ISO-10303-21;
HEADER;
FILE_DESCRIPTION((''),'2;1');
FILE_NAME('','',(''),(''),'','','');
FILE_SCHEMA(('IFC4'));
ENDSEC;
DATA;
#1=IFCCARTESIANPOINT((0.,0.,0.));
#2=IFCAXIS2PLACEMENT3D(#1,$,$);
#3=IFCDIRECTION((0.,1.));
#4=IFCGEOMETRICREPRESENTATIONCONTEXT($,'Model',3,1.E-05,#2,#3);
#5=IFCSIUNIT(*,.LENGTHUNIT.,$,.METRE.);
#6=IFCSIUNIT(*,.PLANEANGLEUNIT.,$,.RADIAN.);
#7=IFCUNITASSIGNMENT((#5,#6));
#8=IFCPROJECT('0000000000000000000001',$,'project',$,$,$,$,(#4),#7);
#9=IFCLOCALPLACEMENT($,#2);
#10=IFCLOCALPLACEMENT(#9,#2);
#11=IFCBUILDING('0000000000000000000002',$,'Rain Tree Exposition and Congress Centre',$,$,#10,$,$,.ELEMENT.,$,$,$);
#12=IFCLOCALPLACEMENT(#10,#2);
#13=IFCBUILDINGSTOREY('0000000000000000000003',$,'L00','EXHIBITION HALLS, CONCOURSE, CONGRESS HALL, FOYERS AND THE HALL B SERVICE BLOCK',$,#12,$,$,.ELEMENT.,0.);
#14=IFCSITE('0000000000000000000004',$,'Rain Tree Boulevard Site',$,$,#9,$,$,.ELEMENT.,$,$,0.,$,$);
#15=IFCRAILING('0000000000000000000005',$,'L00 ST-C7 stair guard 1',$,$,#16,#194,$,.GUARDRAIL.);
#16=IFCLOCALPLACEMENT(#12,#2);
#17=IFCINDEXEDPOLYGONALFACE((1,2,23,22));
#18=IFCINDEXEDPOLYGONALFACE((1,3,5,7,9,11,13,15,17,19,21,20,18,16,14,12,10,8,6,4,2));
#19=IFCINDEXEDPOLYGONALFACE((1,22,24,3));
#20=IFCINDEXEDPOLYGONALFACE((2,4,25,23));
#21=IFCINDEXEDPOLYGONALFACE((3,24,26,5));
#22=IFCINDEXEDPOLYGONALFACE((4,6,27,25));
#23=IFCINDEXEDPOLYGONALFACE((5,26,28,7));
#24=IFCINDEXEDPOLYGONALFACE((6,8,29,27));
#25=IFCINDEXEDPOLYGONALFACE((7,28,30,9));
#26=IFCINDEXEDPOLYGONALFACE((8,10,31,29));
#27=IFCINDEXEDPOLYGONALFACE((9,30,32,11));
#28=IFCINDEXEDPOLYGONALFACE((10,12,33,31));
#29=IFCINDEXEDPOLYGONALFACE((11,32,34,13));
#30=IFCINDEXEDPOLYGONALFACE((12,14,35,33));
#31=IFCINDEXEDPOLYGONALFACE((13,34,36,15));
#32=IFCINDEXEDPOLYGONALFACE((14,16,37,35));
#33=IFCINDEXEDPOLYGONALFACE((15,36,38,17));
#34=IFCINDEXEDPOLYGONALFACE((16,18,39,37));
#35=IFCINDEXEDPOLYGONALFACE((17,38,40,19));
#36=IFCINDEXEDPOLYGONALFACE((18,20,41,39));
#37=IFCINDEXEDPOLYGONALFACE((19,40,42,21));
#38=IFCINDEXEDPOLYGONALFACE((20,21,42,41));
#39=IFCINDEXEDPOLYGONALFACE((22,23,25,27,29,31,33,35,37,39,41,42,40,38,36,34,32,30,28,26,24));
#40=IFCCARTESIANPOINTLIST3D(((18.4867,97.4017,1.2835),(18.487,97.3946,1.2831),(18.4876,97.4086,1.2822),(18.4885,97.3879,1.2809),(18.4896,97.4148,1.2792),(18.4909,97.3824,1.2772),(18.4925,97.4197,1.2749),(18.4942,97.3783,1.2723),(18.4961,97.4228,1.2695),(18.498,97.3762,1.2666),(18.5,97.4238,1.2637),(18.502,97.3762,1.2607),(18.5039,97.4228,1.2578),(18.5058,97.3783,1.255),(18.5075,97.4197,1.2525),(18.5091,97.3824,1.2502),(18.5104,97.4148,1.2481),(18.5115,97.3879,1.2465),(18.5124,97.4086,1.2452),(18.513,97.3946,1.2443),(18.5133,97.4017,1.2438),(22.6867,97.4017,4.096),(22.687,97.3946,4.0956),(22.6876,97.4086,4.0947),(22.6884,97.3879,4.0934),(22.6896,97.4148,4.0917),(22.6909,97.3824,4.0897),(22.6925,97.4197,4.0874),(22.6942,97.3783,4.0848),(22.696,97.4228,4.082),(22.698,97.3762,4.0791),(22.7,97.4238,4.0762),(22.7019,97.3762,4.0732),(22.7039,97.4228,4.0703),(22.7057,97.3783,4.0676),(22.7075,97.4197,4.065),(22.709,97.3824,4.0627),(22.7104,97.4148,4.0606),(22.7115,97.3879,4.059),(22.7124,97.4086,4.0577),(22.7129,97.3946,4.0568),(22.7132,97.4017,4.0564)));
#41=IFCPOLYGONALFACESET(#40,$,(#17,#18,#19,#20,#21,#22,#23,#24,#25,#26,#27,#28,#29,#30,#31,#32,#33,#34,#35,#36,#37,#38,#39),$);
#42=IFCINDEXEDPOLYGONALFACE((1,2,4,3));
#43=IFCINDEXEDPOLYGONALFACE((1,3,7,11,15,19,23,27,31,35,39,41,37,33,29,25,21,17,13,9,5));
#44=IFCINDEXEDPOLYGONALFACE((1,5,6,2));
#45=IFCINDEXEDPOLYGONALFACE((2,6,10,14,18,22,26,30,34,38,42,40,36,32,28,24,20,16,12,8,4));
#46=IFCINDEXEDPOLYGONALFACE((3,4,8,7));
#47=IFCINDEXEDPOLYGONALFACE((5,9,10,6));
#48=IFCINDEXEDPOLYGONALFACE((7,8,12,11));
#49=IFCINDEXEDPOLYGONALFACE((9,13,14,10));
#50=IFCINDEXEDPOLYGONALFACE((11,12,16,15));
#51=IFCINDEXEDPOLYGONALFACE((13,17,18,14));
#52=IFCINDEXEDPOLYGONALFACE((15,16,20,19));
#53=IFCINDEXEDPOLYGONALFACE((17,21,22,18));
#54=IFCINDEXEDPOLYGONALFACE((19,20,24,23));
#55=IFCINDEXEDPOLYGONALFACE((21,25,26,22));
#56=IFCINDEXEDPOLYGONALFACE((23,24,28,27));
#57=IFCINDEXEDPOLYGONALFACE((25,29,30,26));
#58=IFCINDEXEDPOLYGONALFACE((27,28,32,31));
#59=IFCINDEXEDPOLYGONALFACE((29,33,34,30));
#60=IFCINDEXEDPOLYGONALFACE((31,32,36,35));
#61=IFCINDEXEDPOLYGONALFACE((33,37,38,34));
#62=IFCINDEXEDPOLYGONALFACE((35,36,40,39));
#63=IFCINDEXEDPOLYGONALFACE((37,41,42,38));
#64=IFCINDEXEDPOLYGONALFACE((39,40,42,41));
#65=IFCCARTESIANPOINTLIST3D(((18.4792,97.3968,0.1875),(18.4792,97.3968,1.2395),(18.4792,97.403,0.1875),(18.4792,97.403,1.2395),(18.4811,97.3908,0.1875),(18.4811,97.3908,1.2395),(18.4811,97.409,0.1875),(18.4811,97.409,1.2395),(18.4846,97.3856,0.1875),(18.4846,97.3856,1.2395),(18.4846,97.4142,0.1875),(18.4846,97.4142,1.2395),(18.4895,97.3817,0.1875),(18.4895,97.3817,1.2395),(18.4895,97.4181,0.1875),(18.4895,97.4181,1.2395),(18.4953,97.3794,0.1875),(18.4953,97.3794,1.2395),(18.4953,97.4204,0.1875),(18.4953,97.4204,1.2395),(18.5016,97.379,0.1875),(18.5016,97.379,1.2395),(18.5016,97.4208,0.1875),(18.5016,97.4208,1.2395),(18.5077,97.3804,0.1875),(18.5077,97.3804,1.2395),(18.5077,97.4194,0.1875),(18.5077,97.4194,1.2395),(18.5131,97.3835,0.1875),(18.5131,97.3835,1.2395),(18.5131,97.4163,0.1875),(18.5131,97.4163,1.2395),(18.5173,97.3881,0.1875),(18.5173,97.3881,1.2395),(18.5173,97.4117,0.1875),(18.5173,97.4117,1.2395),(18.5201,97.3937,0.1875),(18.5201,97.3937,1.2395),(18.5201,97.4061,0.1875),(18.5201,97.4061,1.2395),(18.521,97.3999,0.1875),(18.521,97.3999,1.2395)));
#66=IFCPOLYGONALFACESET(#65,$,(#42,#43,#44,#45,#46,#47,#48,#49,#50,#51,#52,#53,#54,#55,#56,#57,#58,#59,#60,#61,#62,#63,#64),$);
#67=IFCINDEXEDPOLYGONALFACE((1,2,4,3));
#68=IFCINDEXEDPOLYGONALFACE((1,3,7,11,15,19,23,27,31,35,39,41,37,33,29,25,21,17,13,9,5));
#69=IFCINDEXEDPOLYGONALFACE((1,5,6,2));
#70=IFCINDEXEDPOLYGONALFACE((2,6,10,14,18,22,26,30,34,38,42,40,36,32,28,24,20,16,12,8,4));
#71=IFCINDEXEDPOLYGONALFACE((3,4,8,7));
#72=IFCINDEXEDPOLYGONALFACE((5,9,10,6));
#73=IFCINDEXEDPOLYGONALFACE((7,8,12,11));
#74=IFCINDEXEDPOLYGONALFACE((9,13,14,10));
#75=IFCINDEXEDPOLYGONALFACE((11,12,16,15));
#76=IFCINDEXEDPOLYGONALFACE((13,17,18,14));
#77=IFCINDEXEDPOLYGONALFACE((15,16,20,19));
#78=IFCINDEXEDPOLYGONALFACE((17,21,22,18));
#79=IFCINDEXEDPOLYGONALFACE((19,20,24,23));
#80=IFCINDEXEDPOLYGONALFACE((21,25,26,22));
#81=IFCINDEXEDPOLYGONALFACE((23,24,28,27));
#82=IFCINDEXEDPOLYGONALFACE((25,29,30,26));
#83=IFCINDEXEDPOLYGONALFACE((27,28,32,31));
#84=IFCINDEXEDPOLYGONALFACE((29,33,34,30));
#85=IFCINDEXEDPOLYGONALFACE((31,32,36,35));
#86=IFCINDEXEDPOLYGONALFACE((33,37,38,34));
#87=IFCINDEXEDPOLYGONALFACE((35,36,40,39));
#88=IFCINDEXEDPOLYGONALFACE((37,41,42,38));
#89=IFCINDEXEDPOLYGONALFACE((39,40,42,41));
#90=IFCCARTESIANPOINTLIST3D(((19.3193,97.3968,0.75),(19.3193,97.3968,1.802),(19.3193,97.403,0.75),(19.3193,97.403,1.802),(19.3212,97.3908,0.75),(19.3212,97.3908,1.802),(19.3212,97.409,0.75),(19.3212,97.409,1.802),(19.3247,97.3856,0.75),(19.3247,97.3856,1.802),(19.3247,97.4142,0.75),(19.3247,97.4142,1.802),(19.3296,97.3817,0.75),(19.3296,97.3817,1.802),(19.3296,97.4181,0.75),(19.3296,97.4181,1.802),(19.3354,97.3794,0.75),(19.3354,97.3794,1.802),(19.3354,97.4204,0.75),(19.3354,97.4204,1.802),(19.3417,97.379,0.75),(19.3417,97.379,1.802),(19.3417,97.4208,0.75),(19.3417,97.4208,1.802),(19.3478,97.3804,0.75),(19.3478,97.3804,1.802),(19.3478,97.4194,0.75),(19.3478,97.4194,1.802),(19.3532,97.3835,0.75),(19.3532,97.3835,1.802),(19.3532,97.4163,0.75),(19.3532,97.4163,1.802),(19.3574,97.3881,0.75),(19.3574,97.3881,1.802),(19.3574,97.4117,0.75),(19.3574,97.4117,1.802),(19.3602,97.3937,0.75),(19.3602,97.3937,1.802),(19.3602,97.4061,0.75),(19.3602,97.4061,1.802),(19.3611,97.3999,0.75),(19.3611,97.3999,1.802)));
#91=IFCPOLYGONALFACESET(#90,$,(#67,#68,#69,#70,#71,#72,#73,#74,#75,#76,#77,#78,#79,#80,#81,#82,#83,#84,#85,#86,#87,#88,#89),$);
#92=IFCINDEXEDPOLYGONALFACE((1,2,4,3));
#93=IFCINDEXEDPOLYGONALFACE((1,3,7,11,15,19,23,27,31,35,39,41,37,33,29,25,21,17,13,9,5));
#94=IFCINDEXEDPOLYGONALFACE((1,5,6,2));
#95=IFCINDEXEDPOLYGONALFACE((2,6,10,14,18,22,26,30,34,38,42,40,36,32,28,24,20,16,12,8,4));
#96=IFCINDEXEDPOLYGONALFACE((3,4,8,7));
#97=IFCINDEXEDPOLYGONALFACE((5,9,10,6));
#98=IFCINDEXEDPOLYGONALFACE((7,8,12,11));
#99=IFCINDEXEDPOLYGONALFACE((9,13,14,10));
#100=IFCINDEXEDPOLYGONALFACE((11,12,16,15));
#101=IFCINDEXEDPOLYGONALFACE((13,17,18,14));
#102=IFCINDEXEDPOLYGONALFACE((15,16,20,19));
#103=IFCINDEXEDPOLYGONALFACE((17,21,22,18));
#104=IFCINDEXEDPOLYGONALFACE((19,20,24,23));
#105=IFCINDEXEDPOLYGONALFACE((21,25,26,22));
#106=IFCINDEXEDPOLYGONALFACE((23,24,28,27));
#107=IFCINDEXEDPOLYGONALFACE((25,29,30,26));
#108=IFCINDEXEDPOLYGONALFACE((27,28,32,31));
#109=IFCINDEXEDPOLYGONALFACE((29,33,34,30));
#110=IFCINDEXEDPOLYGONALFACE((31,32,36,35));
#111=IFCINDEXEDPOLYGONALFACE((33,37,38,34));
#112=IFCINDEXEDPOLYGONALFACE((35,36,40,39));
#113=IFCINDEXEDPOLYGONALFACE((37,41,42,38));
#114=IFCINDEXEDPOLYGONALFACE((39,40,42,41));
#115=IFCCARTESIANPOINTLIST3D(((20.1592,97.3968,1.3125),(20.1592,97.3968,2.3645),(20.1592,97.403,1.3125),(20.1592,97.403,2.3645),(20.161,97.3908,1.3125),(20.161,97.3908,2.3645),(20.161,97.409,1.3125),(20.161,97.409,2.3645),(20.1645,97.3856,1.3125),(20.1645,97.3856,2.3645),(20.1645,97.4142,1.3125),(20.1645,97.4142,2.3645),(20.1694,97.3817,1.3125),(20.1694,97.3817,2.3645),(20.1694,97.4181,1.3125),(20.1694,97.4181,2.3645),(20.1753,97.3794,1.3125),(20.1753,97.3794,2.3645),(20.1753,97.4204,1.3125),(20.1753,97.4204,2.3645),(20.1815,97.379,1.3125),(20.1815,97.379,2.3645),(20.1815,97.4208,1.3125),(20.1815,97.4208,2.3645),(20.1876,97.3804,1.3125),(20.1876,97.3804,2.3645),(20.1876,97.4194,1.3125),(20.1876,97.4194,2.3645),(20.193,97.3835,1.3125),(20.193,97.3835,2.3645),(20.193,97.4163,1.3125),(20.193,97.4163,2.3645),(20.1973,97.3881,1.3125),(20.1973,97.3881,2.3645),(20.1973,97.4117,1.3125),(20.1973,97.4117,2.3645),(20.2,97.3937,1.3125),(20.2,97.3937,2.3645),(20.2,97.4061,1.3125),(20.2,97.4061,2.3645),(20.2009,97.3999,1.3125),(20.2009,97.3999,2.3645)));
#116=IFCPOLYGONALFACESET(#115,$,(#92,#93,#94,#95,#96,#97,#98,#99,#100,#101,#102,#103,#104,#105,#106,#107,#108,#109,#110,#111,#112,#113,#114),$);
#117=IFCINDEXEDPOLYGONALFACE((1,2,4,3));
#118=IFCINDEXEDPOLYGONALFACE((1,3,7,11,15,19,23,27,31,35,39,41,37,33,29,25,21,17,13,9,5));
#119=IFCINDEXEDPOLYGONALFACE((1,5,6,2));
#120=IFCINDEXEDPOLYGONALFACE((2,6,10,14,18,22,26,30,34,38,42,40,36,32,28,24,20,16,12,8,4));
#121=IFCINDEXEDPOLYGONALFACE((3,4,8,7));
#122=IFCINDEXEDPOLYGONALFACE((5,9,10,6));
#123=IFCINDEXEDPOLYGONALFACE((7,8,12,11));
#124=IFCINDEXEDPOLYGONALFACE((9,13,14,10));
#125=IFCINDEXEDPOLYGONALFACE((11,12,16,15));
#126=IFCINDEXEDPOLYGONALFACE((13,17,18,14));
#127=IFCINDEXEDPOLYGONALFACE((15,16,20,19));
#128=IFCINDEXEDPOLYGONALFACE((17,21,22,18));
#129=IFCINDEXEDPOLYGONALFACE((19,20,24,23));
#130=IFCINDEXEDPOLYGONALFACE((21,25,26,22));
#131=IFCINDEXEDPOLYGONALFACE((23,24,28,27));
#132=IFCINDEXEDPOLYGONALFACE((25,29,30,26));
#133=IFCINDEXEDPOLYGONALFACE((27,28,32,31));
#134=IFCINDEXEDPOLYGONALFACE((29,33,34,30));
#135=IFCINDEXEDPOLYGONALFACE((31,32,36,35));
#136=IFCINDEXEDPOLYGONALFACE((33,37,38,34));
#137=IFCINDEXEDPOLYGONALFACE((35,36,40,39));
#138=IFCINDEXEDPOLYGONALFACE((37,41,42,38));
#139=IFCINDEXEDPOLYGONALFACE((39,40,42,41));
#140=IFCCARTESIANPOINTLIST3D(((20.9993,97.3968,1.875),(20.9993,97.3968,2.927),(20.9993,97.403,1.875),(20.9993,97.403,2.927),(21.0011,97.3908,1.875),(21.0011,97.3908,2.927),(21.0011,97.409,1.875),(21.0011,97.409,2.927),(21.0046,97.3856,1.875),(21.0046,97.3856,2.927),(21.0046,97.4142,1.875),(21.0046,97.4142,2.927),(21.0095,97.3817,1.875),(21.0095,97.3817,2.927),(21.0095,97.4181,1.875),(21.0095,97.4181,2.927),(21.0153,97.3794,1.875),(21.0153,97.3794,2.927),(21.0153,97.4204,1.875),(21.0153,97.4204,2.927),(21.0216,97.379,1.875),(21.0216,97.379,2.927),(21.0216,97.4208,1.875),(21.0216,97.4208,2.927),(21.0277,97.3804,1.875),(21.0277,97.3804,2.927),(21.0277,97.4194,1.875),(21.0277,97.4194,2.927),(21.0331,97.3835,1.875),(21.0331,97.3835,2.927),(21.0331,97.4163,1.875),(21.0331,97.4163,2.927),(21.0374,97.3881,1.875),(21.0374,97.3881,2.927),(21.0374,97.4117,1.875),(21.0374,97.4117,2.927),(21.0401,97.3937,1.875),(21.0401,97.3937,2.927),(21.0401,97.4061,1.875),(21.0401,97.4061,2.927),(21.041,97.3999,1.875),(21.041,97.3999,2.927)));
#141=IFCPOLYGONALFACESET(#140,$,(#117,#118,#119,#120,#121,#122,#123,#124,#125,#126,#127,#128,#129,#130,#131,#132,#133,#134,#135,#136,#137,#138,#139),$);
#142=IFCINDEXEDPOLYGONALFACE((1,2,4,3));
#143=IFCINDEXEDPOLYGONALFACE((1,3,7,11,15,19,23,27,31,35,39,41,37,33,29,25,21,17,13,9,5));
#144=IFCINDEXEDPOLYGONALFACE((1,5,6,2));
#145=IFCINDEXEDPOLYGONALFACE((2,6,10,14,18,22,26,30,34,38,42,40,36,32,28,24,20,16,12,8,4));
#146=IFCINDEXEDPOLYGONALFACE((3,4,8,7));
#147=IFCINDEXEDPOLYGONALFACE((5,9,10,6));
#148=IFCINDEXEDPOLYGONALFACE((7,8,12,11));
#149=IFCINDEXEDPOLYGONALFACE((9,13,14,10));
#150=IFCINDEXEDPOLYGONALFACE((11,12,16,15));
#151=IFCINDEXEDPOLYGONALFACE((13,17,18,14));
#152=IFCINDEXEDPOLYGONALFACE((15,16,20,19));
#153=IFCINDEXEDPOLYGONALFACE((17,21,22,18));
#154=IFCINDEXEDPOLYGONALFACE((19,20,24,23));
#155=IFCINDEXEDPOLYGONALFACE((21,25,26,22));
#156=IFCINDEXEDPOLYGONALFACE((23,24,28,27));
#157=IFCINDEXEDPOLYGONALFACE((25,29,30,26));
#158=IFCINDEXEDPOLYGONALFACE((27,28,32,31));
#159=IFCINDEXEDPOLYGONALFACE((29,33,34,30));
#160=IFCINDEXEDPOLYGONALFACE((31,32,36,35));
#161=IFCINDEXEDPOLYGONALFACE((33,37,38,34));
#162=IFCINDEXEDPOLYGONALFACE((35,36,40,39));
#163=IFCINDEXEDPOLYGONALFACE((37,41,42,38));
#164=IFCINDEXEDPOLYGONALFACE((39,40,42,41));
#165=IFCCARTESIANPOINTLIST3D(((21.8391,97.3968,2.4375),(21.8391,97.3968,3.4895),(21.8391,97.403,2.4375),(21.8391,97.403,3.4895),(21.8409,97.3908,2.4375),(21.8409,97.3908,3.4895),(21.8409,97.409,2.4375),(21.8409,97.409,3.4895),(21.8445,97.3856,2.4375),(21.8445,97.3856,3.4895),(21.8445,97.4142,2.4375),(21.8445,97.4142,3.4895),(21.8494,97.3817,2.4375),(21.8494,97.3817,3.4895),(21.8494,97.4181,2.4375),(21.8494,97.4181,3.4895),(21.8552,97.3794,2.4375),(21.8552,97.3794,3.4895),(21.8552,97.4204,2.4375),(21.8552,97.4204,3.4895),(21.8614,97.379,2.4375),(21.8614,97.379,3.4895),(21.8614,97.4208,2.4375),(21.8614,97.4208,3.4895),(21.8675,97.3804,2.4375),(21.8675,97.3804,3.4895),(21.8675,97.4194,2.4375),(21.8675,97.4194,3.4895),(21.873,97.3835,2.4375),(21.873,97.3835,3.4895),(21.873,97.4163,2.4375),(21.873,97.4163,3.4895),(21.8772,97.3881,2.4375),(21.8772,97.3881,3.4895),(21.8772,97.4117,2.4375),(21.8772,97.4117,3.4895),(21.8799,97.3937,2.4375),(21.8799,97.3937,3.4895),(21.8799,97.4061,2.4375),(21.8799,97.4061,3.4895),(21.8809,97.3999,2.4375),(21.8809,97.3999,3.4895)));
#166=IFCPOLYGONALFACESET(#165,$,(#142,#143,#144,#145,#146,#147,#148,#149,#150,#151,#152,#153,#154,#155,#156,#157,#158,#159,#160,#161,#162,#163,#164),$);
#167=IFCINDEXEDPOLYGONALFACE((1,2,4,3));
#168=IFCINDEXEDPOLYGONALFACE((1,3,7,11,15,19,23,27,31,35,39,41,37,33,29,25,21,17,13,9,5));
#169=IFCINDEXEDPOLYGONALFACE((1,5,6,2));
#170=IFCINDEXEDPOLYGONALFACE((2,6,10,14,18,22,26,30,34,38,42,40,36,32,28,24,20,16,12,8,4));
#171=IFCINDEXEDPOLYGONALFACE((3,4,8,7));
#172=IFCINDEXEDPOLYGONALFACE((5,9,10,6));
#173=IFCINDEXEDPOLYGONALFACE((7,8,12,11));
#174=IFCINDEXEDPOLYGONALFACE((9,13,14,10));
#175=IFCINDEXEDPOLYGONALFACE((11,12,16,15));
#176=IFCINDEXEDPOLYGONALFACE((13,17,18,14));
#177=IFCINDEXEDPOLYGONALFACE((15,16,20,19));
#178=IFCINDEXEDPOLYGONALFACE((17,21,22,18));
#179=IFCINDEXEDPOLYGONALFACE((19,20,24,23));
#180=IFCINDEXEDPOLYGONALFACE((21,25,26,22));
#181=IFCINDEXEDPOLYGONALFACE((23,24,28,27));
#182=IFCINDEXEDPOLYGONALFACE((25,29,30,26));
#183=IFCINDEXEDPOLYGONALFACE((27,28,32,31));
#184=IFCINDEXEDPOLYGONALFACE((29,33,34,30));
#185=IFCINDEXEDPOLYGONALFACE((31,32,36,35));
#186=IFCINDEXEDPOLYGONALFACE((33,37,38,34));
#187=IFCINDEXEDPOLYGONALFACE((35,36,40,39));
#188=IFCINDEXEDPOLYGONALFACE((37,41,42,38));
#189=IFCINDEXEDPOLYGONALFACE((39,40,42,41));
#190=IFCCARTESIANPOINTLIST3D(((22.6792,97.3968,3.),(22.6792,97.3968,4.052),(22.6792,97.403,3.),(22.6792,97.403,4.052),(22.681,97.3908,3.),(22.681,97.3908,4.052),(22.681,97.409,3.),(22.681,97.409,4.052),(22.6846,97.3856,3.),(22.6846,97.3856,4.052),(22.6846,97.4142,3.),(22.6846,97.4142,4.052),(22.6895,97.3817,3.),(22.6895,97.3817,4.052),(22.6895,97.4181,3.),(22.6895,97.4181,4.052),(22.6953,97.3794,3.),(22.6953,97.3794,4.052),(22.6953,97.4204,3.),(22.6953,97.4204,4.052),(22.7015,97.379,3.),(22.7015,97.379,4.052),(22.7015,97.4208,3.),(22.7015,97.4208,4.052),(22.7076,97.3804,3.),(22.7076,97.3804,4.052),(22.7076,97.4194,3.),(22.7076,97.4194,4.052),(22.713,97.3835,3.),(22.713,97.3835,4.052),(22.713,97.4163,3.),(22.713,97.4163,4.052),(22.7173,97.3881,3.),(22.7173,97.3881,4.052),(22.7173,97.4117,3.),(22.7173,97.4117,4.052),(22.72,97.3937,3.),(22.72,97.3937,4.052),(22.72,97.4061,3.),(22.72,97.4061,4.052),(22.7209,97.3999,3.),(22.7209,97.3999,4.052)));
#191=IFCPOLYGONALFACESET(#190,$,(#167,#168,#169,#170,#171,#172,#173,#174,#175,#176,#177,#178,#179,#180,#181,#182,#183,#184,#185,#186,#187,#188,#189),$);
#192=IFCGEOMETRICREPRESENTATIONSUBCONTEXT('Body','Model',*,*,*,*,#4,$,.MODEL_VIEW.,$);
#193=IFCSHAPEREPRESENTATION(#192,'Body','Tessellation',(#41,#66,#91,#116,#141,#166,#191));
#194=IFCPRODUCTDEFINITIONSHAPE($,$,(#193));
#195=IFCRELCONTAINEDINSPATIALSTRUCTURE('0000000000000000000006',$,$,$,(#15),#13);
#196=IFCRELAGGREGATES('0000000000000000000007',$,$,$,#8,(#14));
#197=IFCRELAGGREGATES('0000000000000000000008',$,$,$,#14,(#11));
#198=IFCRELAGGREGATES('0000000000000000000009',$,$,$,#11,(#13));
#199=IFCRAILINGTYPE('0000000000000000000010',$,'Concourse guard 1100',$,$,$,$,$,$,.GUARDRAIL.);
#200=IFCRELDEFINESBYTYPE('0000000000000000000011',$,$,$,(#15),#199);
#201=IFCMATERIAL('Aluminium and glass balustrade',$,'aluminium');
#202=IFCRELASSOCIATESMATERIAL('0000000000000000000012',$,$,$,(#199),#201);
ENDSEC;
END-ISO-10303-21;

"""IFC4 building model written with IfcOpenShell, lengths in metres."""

from ifc_helpers import new_model, si_unit, direction, frame, origin, origin_2d, place, context, subcontext, project, spatial, circle, extrude, material, type_object, element, save


model = new_model("IFC4")

# Units and contexts
model_context = context("Model", 3, precision=1e-05, world=origin(), true_north=direction((0.0, 1.0)))
body_context = subcontext(model_context, "Body", "Model", "MODEL_VIEW")
ifc_project = project(units=[si_unit("LENGTHUNIT", "METRE"), si_unit("PLANEANGLEUNIT", "RADIAN")], contexts=[model_context])

# Site, building, storey
site_placement = place(None, origin())
site = spatial("IfcSite", under=ifc_project, at=site_placement, Name="Rain Tree Boulevard Site", CompositionType="ELEMENT", RefElevation=0.0)
building_placement = place(site_placement, origin())
building = spatial("IfcBuilding", under=site, at=building_placement, Name="Rain Tree Exposition and Congress Centre", CompositionType="ELEMENT")
storey_placement = place(building_placement, origin())
storey = spatial("IfcBuildingStorey", under=building, at=storey_placement, Name="L00", Description="EXHIBITION HALLS, CONCOURSE, CONGRESS HALL, FOYERS AND THE HALL B SERVICE BLOCK", CompositionType="ELEMENT", Elevation=0.0)

# Railing
ifc_material_1 = material(Name="Aluminium and glass balustrade", Category="aluminium")
railing_type_1 = type_object("IfcRailingType", Name="Concourse guard 1100", PredefinedType="GUARDRAIL", material=ifc_material_1)
railing_1_placement = place(storey_placement, frame((18.5, 97.3999, 0.1875)))
element("IfcRailing", 1, at=railing_1_placement, inside=storey, type_object=railing_type_1, Name="L00 ST-C7 stair guard 1", PredefinedType="GUARDRAIL", context=body_context, shape_type="SweptSolid", body=[
    extrude(circle(Radius=0.0239, at=origin_2d()), frame((0.0, 0.0, 1.0762), z_axis=(0.830904, 0.0, 0.556416), x_axis=(0.0, 1.0, 0.0)), (0.0, 0.0, 1.0), 5.0547),
    extrude(circle(Radius=0.021, at=origin_2d()), origin(), (0.0, 0.0, 1.0), 1.052),
    extrude(circle(Radius=0.021, at=origin_2d()), frame((0.8401, 0.0, 0.5625)), (0.0, 0.0, 1.0), 1.052),
    extrude(circle(Radius=0.021, at=origin_2d()), frame((1.6799, 0.0, 1.125)), (0.0, 0.0, 1.0), 1.052),
    extrude(circle(Radius=0.021, at=origin_2d()), frame((2.52, 0.0, 1.6875)), (0.0, 0.0, 1.0), 1.052),
    extrude(circle(Radius=0.021, at=origin_2d()), frame((3.3599, 0.0, 2.25)), (0.0, 0.0, 1.0), 1.052),
    extrude(circle(Radius=0.021, at=origin_2d()), frame((4.2, 0.0, 2.8125)), (0.0, 0.0, 1.0), 1.052),
])

save(model, "model.ifc")
